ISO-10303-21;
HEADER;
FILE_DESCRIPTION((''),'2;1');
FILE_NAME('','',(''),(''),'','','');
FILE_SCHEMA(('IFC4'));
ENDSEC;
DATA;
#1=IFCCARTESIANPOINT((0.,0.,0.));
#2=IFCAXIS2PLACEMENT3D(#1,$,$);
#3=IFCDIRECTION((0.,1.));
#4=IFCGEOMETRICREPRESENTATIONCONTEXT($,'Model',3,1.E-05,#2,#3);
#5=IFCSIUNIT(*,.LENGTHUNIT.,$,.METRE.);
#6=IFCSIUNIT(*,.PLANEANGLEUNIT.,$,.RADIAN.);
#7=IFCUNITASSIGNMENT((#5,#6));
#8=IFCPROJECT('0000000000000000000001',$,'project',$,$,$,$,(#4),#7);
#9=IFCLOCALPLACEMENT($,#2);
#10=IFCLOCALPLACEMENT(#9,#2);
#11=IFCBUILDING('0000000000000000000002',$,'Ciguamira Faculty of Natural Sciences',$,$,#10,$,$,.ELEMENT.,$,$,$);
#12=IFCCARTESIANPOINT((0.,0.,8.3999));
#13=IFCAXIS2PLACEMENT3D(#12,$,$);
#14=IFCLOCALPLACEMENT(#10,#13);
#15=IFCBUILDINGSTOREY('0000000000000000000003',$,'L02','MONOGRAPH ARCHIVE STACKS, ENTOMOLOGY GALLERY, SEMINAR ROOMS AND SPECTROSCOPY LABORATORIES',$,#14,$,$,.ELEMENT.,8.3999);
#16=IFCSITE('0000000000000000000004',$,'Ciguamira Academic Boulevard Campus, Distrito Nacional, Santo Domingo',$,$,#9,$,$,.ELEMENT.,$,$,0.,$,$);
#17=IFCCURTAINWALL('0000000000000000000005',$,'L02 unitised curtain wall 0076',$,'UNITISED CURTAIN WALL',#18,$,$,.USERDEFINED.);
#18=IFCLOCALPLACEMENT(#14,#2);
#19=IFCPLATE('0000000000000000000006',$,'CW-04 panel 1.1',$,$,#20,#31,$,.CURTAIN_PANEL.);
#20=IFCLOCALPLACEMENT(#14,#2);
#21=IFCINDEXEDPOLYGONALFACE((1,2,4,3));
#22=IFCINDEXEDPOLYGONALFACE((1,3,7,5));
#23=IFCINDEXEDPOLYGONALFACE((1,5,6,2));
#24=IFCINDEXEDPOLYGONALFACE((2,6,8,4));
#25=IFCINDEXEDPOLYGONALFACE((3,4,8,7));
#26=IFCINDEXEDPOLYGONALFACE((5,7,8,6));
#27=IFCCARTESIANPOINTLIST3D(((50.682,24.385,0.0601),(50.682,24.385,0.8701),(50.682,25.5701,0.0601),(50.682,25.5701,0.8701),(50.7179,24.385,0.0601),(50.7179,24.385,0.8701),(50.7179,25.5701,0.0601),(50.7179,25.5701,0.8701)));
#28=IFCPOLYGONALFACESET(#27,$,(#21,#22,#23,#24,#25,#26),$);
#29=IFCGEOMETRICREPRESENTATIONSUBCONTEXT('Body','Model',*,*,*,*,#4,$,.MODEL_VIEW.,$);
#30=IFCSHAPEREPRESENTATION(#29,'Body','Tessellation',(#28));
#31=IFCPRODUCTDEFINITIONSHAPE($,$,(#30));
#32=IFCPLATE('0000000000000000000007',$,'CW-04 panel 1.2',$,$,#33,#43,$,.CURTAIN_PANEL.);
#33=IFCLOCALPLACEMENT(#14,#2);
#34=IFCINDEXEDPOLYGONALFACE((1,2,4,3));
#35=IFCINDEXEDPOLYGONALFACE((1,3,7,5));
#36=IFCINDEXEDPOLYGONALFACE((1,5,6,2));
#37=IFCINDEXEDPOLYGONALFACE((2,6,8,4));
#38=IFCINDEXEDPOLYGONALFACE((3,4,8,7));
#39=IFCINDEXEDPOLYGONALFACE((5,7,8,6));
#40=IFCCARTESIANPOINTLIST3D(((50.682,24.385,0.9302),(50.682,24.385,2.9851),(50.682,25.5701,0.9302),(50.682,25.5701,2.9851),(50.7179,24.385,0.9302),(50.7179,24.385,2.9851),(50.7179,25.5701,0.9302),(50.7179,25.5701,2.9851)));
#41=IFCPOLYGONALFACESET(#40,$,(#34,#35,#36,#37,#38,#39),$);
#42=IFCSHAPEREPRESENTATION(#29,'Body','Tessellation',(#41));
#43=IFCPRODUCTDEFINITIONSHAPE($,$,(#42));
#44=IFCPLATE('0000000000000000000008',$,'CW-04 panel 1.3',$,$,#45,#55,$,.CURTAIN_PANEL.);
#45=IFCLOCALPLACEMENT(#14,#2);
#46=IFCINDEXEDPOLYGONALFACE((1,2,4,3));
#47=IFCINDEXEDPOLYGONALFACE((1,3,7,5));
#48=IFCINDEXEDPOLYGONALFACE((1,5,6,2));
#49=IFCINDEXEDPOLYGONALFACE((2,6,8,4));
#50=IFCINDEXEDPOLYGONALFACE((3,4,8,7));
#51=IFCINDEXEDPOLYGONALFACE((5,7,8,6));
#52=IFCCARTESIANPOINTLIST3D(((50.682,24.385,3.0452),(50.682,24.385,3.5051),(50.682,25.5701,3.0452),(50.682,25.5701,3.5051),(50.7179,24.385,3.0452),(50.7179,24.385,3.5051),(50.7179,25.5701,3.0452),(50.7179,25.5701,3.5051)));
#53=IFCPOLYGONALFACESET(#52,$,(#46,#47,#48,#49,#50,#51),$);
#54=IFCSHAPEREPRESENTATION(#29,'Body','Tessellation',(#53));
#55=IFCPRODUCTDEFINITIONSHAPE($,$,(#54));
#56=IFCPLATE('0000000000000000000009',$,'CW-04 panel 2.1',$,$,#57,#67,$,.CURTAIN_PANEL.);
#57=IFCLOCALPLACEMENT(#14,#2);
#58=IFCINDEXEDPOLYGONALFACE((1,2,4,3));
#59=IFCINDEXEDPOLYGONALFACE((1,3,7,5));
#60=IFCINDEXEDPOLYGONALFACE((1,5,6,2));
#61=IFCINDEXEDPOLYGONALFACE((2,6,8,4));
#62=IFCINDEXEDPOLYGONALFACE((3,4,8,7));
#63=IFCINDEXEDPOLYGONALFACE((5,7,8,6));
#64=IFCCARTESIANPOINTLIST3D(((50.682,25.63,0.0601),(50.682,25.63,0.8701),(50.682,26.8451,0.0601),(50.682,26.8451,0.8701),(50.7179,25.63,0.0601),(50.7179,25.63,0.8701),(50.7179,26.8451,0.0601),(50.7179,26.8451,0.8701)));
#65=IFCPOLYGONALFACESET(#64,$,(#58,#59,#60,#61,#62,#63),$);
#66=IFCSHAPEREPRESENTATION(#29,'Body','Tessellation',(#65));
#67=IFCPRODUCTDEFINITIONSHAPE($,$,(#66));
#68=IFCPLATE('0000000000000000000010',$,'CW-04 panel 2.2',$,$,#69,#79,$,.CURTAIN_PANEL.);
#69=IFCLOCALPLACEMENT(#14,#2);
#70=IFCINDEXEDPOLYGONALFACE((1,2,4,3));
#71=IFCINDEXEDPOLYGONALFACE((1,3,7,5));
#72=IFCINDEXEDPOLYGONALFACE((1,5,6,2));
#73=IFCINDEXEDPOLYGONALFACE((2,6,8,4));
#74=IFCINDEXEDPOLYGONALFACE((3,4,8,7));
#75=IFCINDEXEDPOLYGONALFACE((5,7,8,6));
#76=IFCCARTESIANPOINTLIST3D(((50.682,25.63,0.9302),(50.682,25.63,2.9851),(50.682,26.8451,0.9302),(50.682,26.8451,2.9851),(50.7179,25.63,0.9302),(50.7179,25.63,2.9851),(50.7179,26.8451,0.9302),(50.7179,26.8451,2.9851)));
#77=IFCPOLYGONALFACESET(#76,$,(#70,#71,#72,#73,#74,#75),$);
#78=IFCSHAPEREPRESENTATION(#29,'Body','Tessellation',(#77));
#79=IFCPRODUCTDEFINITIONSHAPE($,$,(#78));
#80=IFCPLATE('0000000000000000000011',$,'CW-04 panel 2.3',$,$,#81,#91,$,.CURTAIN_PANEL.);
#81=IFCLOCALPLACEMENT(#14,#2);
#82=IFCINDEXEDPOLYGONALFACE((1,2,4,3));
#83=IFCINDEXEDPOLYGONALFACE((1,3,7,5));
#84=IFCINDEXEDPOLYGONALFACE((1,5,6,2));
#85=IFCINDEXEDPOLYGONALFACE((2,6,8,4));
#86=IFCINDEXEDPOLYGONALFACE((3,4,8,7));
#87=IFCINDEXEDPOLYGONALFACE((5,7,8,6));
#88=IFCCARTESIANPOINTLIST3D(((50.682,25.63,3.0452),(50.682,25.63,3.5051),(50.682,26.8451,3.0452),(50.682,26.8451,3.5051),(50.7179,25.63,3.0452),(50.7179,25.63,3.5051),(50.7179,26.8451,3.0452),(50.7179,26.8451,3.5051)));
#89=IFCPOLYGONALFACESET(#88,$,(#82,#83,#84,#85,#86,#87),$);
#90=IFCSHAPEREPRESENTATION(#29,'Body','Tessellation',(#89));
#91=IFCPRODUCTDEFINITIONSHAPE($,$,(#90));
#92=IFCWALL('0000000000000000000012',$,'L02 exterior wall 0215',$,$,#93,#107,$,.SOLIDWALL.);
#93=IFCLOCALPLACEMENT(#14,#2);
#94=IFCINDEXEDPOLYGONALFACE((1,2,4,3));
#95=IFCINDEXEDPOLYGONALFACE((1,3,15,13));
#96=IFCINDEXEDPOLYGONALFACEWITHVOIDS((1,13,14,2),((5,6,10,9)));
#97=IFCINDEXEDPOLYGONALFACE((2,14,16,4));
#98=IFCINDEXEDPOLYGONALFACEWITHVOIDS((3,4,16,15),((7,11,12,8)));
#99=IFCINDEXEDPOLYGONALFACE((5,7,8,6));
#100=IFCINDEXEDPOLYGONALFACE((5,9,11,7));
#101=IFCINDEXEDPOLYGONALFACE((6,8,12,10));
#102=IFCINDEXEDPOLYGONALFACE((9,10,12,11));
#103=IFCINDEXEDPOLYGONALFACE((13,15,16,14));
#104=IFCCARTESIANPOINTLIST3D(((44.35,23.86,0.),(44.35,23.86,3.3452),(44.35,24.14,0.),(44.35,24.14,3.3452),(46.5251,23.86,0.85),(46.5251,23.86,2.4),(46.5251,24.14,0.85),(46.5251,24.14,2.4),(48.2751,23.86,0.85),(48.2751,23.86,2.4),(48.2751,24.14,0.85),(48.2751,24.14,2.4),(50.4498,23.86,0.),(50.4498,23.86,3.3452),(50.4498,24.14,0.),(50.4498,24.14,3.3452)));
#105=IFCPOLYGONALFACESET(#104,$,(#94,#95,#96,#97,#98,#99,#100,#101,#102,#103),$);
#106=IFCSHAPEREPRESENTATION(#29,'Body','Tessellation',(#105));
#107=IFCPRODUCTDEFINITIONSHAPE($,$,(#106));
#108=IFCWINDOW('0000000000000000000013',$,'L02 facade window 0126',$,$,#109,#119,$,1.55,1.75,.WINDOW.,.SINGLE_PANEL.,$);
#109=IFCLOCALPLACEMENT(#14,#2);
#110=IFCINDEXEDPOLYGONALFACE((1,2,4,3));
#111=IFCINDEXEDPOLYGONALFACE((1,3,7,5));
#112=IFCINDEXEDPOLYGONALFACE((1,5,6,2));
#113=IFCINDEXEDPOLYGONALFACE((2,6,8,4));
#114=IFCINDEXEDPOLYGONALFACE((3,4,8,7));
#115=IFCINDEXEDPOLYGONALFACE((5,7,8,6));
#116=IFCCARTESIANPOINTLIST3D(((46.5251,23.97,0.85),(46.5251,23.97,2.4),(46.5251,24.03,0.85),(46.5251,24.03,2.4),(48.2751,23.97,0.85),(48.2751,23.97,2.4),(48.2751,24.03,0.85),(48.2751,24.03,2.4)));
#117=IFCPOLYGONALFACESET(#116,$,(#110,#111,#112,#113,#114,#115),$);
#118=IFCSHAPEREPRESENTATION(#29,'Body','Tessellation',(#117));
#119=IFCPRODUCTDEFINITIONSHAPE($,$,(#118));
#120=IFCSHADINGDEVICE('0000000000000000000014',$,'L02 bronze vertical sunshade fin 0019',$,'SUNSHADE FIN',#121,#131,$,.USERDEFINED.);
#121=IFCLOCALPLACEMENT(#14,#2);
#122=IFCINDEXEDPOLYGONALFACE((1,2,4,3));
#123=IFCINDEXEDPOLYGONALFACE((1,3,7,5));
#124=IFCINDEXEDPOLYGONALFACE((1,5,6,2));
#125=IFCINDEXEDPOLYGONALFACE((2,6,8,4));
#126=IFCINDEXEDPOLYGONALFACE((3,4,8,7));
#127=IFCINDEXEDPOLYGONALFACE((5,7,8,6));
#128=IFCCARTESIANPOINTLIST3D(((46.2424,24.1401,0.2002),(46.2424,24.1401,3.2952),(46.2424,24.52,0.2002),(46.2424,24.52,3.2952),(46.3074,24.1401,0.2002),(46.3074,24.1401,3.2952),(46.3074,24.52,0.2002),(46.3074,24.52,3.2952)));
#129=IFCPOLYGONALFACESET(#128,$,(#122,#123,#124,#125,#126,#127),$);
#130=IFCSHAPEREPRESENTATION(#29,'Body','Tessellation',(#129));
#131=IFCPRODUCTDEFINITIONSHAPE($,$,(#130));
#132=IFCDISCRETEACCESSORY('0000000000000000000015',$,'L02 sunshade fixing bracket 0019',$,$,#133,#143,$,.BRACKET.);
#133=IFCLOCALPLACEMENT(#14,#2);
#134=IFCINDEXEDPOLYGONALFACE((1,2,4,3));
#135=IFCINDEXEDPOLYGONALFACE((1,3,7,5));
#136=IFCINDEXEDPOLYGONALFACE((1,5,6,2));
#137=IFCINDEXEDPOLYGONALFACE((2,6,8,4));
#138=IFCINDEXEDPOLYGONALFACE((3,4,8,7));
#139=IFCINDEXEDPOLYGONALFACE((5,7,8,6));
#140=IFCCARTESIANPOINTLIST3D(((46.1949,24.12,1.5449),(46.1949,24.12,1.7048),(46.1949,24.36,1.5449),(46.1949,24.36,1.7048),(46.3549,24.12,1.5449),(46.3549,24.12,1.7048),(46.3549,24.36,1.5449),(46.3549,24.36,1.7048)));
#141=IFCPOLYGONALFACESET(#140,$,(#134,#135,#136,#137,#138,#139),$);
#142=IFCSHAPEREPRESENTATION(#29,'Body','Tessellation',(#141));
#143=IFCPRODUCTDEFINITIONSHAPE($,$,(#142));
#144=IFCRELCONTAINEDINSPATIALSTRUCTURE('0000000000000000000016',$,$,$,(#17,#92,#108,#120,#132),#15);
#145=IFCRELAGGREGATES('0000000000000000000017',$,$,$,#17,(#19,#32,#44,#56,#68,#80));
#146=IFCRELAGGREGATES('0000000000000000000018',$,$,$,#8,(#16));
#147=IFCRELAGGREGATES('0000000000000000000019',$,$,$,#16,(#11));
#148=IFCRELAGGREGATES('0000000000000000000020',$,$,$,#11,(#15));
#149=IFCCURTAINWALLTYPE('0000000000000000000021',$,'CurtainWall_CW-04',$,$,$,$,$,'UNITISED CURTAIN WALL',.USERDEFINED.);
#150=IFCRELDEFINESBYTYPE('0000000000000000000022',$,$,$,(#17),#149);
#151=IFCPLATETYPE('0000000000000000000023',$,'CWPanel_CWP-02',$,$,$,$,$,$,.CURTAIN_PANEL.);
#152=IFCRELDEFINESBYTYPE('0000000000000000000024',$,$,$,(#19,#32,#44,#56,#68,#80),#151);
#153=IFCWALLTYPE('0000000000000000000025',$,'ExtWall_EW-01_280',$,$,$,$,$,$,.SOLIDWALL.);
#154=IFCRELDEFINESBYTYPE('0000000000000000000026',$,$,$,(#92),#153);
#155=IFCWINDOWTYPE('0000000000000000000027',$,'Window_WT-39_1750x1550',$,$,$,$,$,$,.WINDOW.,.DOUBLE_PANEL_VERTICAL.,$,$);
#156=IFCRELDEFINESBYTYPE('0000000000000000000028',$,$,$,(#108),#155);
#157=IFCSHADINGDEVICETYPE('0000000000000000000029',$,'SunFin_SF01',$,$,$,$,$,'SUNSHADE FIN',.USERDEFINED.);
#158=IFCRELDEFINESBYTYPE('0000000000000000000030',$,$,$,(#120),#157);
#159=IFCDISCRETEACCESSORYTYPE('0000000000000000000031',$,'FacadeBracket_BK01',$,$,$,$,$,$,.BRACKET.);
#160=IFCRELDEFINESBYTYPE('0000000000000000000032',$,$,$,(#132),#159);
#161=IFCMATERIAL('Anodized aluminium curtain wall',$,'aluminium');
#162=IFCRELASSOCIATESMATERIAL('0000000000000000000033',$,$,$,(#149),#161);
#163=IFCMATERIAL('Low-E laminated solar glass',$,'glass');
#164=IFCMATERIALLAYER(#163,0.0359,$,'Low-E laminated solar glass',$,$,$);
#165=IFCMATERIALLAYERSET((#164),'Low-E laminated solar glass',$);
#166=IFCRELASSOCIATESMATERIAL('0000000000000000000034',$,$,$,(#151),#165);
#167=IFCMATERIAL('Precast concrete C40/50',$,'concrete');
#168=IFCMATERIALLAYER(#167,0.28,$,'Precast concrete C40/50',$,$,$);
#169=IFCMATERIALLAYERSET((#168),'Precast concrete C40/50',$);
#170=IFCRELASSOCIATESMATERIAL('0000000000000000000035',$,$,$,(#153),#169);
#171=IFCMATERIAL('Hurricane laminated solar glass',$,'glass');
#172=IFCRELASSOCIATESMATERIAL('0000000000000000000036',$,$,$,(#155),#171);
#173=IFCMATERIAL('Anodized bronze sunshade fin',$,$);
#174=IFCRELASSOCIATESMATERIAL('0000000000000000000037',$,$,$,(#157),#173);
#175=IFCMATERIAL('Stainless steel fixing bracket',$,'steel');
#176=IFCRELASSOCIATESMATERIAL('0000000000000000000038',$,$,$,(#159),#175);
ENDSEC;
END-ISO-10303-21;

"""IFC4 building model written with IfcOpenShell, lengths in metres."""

from ifc_helpers import new_model, si_unit, direction, frame, frame_2d, origin, origin_2d, place, context, subcontext, project, spatial, rectangle, extrude, material, layer, layer_set, material_profile, profile_set, type_object, element, fill, aggregate, save


model = new_model("IFC4")

# Units and contexts
model_context = context("Model", 3, precision=1e-05, world=origin(), true_north=direction((0.0, 1.0)))
body_context = subcontext(model_context, "Body", "Model", "MODEL_VIEW")
ifc_project = project(units=[si_unit("LENGTHUNIT", "METRE"), si_unit("PLANEANGLEUNIT", "RADIAN")], contexts=[model_context])

# Site, building, storey
site_placement = place(None, origin())
site = spatial("IfcSite", under=ifc_project, at=site_placement, Name="Ciguamira Academic Boulevard Campus, Distrito Nacional, Santo Domingo", CompositionType="ELEMENT", RefElevation=0.0)
building_placement = place(site_placement, origin())
building = spatial("IfcBuilding", under=site, at=building_placement, Name="Ciguamira Faculty of Natural Sciences", CompositionType="ELEMENT")
storey_placement = place(building_placement, frame((0.0, 0.0, 8.3999)))
storey = spatial("IfcBuildingStorey", under=building, at=storey_placement, Name="L02", Description="MONOGRAPH ARCHIVE STACKS, ENTOMOLOGY GALLERY, SEMINAR ROOMS AND SPECTROSCOPY LABORATORIES", CompositionType="ELEMENT", Elevation=8.3999)

# Curtain wall
ifc_material_1 = material(Name="Anodized aluminium curtain wall", Category="aluminium")
curtain_wall_type = type_object("IfcCurtainWallType", Name="CurtainWall_CW-04", ElementType="UNITISED CURTAIN WALL", PredefinedType="USERDEFINED", material=ifc_material_1)
curtain_wall_placement = place(storey_placement, origin())
curtain_wall = element("IfcCurtainWall", 1, at=curtain_wall_placement, inside=storey, type_object=curtain_wall_type, Name="L02 unitised curtain wall 0076", ObjectType="UNITISED CURTAIN WALL", PredefinedType="USERDEFINED")

# Shared definitions
ifc_material_2 = material(Name="Precast concrete C40/50", Category="concrete")

# Plates
ifc_material_3 = material(Name="Low-E laminated solar glass", Category="glass")
ifc_layer_1 = layer(ifc_material_3, 0.0359, Name="Low-E laminated solar glass")
ifc_layer_set_1 = layer_set([ifc_layer_1], Name="Low-E laminated solar glass")
plate_type = type_object("IfcPlateType", Name="CWPanel_CWP-02", PredefinedType="CURTAIN_PANEL", material=ifc_layer_set_1)
plate_1_placement = place(storey_placement, frame((50.7, 24.9775, 0.0601), z_axis=(0.0, 0.0, 1.0), x_axis=(0.0, 1.0, 0.0)))
plate_1 = element("IfcPlate", 2, at=plate_1_placement, type_object=plate_type, Name="CW-04 panel 1.1", PredefinedType="CURTAIN_PANEL", context=body_context, shape_type="SweptSolid", body=[
    extrude(rectangle(XDim=1.1851, YDim=0.0359, at=origin_2d()), origin(), (0.0, 0.0, 1.0), 0.8101),
])
plate_2_placement = place(storey_placement, frame((50.7, 24.9775, 0.9302), z_axis=(0.0, 0.0, 1.0), x_axis=(0.0, 1.0, 0.0)))
plate_2 = element("IfcPlate", 3, at=plate_2_placement, type_object=plate_type, Name="CW-04 panel 1.2", PredefinedType="CURTAIN_PANEL", context=body_context, shape_type="SweptSolid", body=[
    extrude(rectangle(XDim=1.1851, YDim=0.0359, at=origin_2d()), origin(), (0.0, 0.0, 1.0), 2.0549),
])
plate_3_placement = place(storey_placement, frame((50.7, 24.9775, 3.0452), z_axis=(0.0, 0.0, 1.0), x_axis=(0.0, 1.0, 0.0)))
plate_3 = element("IfcPlate", 4, at=plate_3_placement, type_object=plate_type, Name="CW-04 panel 1.3", PredefinedType="CURTAIN_PANEL", context=body_context, shape_type="SweptSolid", body=[
    extrude(rectangle(XDim=1.1851, YDim=0.0359, at=origin_2d()), origin(), (0.0, 0.0, 1.0), 0.46),
])
plate_4_placement = place(storey_placement, frame((50.7, 26.2375, 0.0601), z_axis=(0.0, 0.0, 1.0), x_axis=(0.0, 1.0, 0.0)))
plate_4 = element("IfcPlate", 5, at=plate_4_placement, type_object=plate_type, Name="CW-04 panel 2.1", PredefinedType="CURTAIN_PANEL", context=body_context, shape_type="SweptSolid", body=[
    extrude(rectangle(XDim=1.2151, YDim=0.0359, at=origin_2d()), origin(), (0.0, 0.0, 1.0), 0.8101),
])
plate_5_placement = place(storey_placement, frame((50.7, 26.2375, 0.9302), z_axis=(0.0, 0.0, 1.0), x_axis=(0.0, 1.0, 0.0)))
plate_5 = element("IfcPlate", 6, at=plate_5_placement, type_object=plate_type, Name="CW-04 panel 2.2", PredefinedType="CURTAIN_PANEL", context=body_context, shape_type="SweptSolid", body=[
    extrude(rectangle(XDim=1.2151, YDim=0.0359, at=origin_2d()), origin(), (0.0, 0.0, 1.0), 2.0549),
])
plate_6_placement = place(storey_placement, frame((50.7, 26.2375, 3.0452), z_axis=(0.0, 0.0, 1.0), x_axis=(0.0, 1.0, 0.0)))
plate_6 = element("IfcPlate", 7, at=plate_6_placement, type_object=plate_type, Name="CW-04 panel 2.3", PredefinedType="CURTAIN_PANEL", context=body_context, shape_type="SweptSolid", body=[
    extrude(rectangle(XDim=1.2151, YDim=0.0359, at=origin_2d()), origin(), (0.0, 0.0, 1.0), 0.46),
])
aggregate(curtain_wall, [plate_1, plate_2, plate_3, plate_4, plate_5, plate_6])

# Wall, opening, window
ifc_layer_2 = layer(ifc_material_2, 0.28, Name="Precast concrete C40/50")
ifc_layer_set_2 = layer_set([ifc_layer_2], Name="Precast concrete C40/50")
wall_type = type_object("IfcWallType", Name="ExtWall_EW-01_280", PredefinedType="SOLIDWALL", material=ifc_layer_set_2)
wall_placement = place(storey_placement, frame((44.3501, 24.0, 0.0), z_axis=(0.0, 0.0, 1.0), x_axis=(1.0, 0.0, 0.0)))
wall = element("IfcWall", 8, at=wall_placement, inside=storey, type_object=wall_type, Name="L02 exterior wall 0215", PredefinedType="SOLIDWALL", context=body_context, shape_type="SweptSolid", body=[
    extrude(rectangle(XDim=6.0999, YDim=0.28, at=frame_2d((3.0498, 0.0))), origin(), (0.0, 0.0, 1.0), 3.3452),
])
opening_placement = place(wall_placement, frame((2.175, 0.0, 0.8501)))
opening = element("IfcOpeningElement", 9, at=opening_placement, cuts=wall, PredefinedType="OPENING", context=body_context, shape_type="SweptSolid", body=[
    extrude(rectangle(XDim=1.75, YDim=1.55, at=frame_2d((0.875, 0.7749))), frame((0.0, 0.1499, 0.0), z_axis=(0.0, -1.0, 0.0), x_axis=(1.0, 0.0, 0.0)), (0.0, 0.0, 1.0), 0.3),
])
ifc_material_4 = material(Name="Hurricane laminated solar glass", Category="glass")
window_type = type_object("IfcWindowType", Name="Window_WT-39_1750x1550", PartitioningType="DOUBLE_PANEL_VERTICAL", PredefinedType="WINDOW", material=ifc_material_4)
window_placement = place(opening_placement, origin())
window = element("IfcWindow", 10, at=window_placement, inside=storey, type_object=window_type, Name="L02 facade window 0126", OverallHeight=1.55, OverallWidth=1.75, PartitioningType="SINGLE_PANEL", PredefinedType="WINDOW", context=body_context, shape_type="SweptSolid", body=[
    extrude(rectangle(XDim=1.75, YDim=1.55, at=frame_2d((0.875, 0.7749))), frame((0.0, 0.03, 0.0), z_axis=(0.0, -1.0, 0.0), x_axis=(1.0, 0.0, 0.0)), (0.0, 0.0, 1.0), 0.0601),
])
fill(opening, window)

# Shading device
ifc_material_5 = material(Name="Anodized bronze sunshade fin")
ifc_material_profile_1 = material_profile(ifc_material_5, rectangle(XDim=0.0649, YDim=0.3799, at=origin_2d()), Name="BRZ-FIN-65X380")
ifc_profile_set_1 = profile_set([ifc_material_profile_1], Name="Anodized bronze sunshade fin")
shading_device_type = type_object("IfcShadingDeviceType", Name="SunFin_SF01", ElementType="SUNSHADE FIN", PredefinedType="USERDEFINED", material=ifc_profile_set_1)
shading_device_placement = place(storey_placement, frame((46.2749, 24.3301, 0.2002), z_axis=(0.0, 0.0, 1.0), x_axis=(1.0, 0.0, 0.0)))
element("IfcShadingDevice", 11, at=shading_device_placement, inside=storey, type_object=shading_device_type, Name="L02 bronze vertical sunshade fin 0019", ObjectType="SUNSHADE FIN", PredefinedType="USERDEFINED", context=body_context, shape_type="SweptSolid", body=[
    extrude(rectangle(XDim=0.0649, YDim=0.3799, at=origin_2d()), origin(), (0.0, 0.0, 1.0), 3.095),
])

# Discrete accessory
ifc_material_6 = material(Name="Stainless steel fixing bracket", Category="steel")
discrete_accessory_type = type_object("IfcDiscreteAccessoryType", Name="FacadeBracket_BK01", PredefinedType="BRACKET", material=ifc_material_6)
discrete_accessory_placement = place(storey_placement, frame((46.2749, 24.24, 1.5449), z_axis=(0.0, 0.0, 1.0), x_axis=(1.0, 0.0, 0.0)))
element("IfcDiscreteAccessory", 12, at=discrete_accessory_placement, inside=storey, type_object=discrete_accessory_type, Name="L02 sunshade fixing bracket 0019", PredefinedType="BRACKET", context=body_context, shape_type="SweptSolid", body=[
    extrude(rectangle(XDim=0.1599, YDim=0.24, at=origin_2d()), origin(), (0.0, 0.0, 1.0), 0.1599),
])

save(model, "model.ifc")
